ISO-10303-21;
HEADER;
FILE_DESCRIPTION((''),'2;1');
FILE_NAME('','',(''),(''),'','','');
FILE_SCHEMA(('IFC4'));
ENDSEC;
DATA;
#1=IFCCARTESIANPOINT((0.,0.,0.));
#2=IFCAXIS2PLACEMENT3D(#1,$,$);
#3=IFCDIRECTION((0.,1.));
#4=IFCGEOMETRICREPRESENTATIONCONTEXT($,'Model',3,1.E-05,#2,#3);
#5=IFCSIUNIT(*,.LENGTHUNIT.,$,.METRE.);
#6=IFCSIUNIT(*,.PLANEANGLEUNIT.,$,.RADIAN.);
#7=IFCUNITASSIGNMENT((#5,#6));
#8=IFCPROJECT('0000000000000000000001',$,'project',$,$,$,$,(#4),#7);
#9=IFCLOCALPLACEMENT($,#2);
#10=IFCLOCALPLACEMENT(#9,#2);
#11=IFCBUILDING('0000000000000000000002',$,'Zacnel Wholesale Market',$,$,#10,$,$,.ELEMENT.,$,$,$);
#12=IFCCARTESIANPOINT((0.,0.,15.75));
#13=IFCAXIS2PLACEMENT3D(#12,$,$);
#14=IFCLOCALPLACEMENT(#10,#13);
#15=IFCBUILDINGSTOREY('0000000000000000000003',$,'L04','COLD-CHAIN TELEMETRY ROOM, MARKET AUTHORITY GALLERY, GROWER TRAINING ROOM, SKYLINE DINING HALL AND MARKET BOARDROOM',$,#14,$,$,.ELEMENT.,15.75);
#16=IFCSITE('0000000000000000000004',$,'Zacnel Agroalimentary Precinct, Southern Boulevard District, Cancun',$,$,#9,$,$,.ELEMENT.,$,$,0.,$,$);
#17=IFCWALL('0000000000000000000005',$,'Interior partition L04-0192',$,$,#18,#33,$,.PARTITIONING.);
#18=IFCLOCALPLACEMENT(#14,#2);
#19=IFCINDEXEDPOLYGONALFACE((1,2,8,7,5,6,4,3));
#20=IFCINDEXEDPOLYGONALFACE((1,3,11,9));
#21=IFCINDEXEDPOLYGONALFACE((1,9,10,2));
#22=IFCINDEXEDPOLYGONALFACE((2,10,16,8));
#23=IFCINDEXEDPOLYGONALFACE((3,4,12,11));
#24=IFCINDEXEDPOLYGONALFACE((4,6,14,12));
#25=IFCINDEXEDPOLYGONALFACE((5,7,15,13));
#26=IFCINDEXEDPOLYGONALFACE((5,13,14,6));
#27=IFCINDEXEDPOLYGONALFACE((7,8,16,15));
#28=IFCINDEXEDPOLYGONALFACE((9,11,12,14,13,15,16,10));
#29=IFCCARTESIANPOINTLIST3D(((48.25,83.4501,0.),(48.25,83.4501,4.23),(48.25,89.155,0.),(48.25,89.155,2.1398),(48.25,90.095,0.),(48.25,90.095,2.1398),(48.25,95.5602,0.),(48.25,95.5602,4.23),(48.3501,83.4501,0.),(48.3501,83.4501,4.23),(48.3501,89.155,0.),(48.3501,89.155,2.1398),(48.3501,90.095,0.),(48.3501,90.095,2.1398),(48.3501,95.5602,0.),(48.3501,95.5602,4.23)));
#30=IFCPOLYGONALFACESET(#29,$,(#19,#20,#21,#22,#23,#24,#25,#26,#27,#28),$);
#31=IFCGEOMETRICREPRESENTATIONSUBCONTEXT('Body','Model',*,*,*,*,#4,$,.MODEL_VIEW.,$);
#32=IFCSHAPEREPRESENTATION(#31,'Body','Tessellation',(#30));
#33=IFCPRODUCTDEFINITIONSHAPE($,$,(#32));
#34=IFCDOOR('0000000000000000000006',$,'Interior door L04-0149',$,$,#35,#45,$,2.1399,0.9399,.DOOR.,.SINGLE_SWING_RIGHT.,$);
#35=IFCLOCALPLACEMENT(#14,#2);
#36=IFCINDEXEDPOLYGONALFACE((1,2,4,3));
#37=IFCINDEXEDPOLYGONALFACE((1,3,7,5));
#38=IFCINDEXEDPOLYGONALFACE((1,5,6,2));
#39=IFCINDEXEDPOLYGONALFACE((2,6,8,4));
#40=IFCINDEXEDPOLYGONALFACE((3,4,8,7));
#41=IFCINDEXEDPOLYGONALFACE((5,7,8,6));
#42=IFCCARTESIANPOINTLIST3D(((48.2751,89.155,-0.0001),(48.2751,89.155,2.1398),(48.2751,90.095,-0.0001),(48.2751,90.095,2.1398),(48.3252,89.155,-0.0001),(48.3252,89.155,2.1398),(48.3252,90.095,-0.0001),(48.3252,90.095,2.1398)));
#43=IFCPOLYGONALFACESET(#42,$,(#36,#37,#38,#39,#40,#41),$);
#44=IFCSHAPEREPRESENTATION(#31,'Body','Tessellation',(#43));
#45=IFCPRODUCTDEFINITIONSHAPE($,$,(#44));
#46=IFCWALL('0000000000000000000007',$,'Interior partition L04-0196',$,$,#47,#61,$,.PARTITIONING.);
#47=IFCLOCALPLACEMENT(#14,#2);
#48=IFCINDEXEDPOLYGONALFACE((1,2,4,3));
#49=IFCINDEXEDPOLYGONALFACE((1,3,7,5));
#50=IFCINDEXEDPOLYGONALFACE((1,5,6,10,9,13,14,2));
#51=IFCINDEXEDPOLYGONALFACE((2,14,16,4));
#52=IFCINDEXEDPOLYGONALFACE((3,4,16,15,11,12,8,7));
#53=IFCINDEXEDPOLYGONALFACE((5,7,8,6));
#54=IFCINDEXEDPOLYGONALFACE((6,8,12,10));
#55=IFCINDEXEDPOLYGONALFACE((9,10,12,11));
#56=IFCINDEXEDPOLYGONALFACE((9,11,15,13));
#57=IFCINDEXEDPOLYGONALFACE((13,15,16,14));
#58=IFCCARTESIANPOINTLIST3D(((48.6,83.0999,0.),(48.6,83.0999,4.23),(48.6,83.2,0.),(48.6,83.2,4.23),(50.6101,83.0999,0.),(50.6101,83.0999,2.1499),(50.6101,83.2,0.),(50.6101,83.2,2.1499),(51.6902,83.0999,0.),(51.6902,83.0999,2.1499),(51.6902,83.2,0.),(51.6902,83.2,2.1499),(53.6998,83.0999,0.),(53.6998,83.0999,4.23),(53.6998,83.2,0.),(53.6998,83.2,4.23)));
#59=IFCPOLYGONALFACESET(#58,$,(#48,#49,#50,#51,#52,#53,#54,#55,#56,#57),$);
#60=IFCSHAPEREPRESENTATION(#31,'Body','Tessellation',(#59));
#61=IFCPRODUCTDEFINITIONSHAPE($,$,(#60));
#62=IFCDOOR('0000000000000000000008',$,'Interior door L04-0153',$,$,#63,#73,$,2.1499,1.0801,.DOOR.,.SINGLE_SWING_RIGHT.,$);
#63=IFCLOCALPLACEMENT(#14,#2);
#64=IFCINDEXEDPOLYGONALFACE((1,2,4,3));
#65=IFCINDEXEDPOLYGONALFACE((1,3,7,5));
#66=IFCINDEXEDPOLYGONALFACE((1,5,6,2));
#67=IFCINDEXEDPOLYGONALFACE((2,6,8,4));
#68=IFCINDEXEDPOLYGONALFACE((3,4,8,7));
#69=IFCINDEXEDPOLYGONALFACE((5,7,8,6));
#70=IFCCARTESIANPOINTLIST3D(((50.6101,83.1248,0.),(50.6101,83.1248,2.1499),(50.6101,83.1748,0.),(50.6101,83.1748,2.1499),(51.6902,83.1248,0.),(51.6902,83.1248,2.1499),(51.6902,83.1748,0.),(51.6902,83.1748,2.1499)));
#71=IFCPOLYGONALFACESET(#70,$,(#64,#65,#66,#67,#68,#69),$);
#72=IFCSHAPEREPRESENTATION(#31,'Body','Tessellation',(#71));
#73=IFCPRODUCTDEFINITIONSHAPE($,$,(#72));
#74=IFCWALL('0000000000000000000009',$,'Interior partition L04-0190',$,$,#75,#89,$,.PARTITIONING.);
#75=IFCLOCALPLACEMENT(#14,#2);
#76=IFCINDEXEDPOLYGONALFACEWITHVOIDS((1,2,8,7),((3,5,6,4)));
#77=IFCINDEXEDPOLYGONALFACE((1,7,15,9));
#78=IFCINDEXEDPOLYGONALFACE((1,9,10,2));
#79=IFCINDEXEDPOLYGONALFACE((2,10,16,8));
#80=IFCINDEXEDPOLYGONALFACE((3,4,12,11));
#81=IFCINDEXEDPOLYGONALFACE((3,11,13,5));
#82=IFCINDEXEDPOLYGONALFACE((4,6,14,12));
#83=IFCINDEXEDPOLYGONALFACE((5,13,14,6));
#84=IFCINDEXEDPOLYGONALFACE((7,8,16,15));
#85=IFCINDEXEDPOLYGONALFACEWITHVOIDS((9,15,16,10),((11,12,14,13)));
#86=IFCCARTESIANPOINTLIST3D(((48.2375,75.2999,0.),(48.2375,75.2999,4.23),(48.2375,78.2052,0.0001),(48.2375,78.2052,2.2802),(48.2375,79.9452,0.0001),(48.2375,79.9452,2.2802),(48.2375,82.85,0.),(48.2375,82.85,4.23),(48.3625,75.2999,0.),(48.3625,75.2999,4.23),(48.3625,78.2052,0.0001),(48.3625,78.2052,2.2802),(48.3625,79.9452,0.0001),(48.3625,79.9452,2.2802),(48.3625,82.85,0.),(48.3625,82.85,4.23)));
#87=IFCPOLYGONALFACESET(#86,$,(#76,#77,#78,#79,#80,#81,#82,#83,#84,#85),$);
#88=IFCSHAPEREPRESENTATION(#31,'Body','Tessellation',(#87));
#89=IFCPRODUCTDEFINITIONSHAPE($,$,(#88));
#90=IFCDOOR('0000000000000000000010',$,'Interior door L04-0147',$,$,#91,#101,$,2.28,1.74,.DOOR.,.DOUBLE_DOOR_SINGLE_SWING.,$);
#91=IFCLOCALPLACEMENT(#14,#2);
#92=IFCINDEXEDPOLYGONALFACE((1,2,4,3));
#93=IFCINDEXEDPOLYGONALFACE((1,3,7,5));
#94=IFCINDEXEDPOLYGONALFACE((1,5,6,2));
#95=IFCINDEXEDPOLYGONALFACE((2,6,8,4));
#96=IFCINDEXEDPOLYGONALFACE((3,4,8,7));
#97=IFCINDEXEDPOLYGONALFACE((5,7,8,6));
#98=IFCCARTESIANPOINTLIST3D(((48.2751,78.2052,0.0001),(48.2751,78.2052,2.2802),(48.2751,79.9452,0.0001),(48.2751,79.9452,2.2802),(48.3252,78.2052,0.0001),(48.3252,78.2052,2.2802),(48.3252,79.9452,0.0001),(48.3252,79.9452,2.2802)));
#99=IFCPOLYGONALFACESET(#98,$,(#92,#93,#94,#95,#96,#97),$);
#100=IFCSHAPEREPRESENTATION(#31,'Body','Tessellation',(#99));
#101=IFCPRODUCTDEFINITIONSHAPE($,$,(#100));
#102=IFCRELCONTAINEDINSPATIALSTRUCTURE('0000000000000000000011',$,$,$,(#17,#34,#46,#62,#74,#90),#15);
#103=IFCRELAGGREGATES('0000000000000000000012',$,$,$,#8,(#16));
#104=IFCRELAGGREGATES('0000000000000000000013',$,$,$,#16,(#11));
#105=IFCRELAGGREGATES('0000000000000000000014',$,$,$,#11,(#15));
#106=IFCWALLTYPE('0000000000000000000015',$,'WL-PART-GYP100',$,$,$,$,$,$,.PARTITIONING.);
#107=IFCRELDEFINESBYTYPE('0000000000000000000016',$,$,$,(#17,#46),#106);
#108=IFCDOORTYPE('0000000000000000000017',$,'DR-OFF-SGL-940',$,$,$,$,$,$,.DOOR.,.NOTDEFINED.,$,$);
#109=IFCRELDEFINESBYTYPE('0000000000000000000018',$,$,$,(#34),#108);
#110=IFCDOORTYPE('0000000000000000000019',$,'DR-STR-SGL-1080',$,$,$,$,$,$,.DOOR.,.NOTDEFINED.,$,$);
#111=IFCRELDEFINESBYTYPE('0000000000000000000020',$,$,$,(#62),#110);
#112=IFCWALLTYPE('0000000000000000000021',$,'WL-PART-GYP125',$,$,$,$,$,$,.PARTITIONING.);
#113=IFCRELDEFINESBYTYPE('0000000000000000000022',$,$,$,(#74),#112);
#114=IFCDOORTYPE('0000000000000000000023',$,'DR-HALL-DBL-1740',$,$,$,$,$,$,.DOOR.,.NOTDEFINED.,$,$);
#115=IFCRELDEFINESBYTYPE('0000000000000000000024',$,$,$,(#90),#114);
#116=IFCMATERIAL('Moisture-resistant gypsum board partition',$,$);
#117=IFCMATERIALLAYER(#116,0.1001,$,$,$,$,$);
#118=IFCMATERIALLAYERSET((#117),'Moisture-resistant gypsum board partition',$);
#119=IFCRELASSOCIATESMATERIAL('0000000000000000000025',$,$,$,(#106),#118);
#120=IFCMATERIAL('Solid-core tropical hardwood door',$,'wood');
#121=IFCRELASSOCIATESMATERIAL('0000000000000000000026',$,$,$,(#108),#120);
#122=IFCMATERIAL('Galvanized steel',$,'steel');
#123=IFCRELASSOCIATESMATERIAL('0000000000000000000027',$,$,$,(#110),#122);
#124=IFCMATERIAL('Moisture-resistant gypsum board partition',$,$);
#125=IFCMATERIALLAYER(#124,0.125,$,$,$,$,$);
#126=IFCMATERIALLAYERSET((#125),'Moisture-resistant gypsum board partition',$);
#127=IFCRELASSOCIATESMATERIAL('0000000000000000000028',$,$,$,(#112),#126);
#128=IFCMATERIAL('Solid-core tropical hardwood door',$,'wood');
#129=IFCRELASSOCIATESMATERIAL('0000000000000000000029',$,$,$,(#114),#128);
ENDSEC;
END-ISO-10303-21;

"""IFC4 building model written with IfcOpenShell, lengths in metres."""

from ifc_helpers import new_model, si_unit, direction, frame, frame_2d, origin, place, context, subcontext, project, spatial, rectangle, extrude, material, layer, layer_set, type_object, element, fill, save


model = new_model("IFC4")

# Units and contexts
model_context = context("Model", 3, precision=1e-05, world=origin(), true_north=direction((0.0, 1.0)))
body_context = subcontext(model_context, "Body", "Model", "MODEL_VIEW")
ifc_project = project(units=[si_unit("LENGTHUNIT", "METRE"), si_unit("PLANEANGLEUNIT", "RADIAN")], contexts=[model_context])

# Site, building, storey
site_placement = place(None, origin())
site = spatial("IfcSite", under=ifc_project, at=site_placement, Name="Zacnel Agroalimentary Precinct, Southern Boulevard District, Cancun", CompositionType="ELEMENT", RefElevation=0.0)
building_placement = place(site_placement, origin())
building = spatial("IfcBuilding", under=site, at=building_placement, Name="Zacnel Wholesale Market", CompositionType="ELEMENT")
storey_placement = place(building_placement, frame((0.0, 0.0, 15.75)))
storey = spatial("IfcBuildingStorey", under=building, at=storey_placement, Name="L04", Description="COLD-CHAIN TELEMETRY ROOM, MARKET AUTHORITY GALLERY, GROWER TRAINING ROOM, SKYLINE DINING HALL AND MARKET BOARDROOM", CompositionType="ELEMENT", Elevation=15.75)

# Walls, openings, doors
ifc_material_1 = material(Name="Moisture-resistant gypsum board partition")
ifc_layer_1 = layer(ifc_material_1, 0.1001)
ifc_layer_set_1 = layer_set([ifc_layer_1], Name="Moisture-resistant gypsum board partition")
wall_type_1 = type_object("IfcWallType", Name="WL-PART-GYP100", PredefinedType="PARTITIONING", material=ifc_layer_set_1)
wall_1_placement = place(storey_placement, frame((48.3, 83.45, 0.0), z_axis=(0.0, 0.0, 1.0), x_axis=(0.0, 1.0, 0.0)))
wall_1 = element("IfcWall", 1, at=wall_1_placement, inside=storey, type_object=wall_type_1, Name="Interior partition L04-0192", PredefinedType="PARTITIONING", context=body_context, shape_type="SweptSolid", body=[
    extrude(rectangle(XDim=12.1101, YDim=0.1001, at=frame_2d((6.0552, 0.0))), origin(), (0.0, 0.0, 1.0), 4.23),
])
opening_1_placement = place(wall_1_placement, frame((5.7051, 0.0, 0.0)))
opening_1 = element("IfcOpeningElement", 2, at=opening_1_placement, cuts=wall_1, PredefinedType="OPENING", context=body_context, shape_type="SweptSolid", body=[
    extrude(rectangle(XDim=0.9399, YDim=2.1399, at=frame_2d((0.47, 1.0698))), frame((0.0, 0.0601, 0.0), z_axis=(0.0, -1.0, 0.0), x_axis=(1.0, 0.0, 0.0)), (0.0, 0.0, 1.0), 0.1201),
])
ifc_material_2 = material(Name="Solid-core tropical hardwood door", Category="wood")
door_type_1 = type_object("IfcDoorType", Name="DR-OFF-SGL-940", OperationType="NOTDEFINED", PredefinedType="DOOR", material=ifc_material_2)
door_1_placement = place(opening_1_placement, origin())
door_1 = element("IfcDoor", 3, at=door_1_placement, inside=storey, type_object=door_type_1, Name="Interior door L04-0149", OperationType="SINGLE_SWING_RIGHT", OverallHeight=2.1399, OverallWidth=0.9399, PredefinedType="DOOR", context=body_context, shape_type="SweptSolid", body=[
    extrude(rectangle(XDim=0.9399, YDim=2.1399, at=frame_2d((0.47, 1.0698))), frame((0.0, 0.0249, 0.0), z_axis=(0.0, -1.0, 0.0), x_axis=(1.0, 0.0, 0.0)), (0.0, 0.0, 1.0), 0.05),
])
fill(opening_1, door_1)
wall_2_placement = place(storey_placement, frame((48.6001, 83.1499, 0.0), z_axis=(0.0, 0.0, 1.0), x_axis=(1.0, 0.0, 0.0)))
wall_2 = element("IfcWall", 4, at=wall_2_placement, inside=storey, type_object=wall_type_1, Name="Interior partition L04-0196", PredefinedType="PARTITIONING", context=body_context, shape_type="SweptSolid", body=[
    extrude(rectangle(XDim=5.0999, YDim=0.1001, at=frame_2d((2.5498, 0.0))), origin(), (0.0, 0.0, 1.0), 4.23),
])
opening_2_placement = place(wall_2_placement, frame((2.01, 0.0, 0.0)))
opening_2 = element("IfcOpeningElement", 5, at=opening_2_placement, cuts=wall_2, PredefinedType="OPENING", context=body_context, shape_type="SweptSolid", body=[
    extrude(rectangle(XDim=1.0801, YDim=2.1499, at=frame_2d((0.54, 1.075))), frame((0.0, 0.0601, 0.0), z_axis=(0.0, -1.0, 0.0), x_axis=(1.0, 0.0, 0.0)), (0.0, 0.0, 1.0), 0.1201),
])
ifc_material_3 = material(Name="Galvanized steel", Category="steel")
door_type_2 = type_object("IfcDoorType", Name="DR-STR-SGL-1080", OperationType="NOTDEFINED", PredefinedType="DOOR", material=ifc_material_3)
door_2_placement = place(opening_2_placement, origin())
door_2 = element("IfcDoor", 6, at=door_2_placement, inside=storey, type_object=door_type_2, Name="Interior door L04-0153", OperationType="SINGLE_SWING_RIGHT", OverallHeight=2.1499, OverallWidth=1.0801, PredefinedType="DOOR", context=body_context, shape_type="SweptSolid", body=[
    extrude(rectangle(XDim=1.0801, YDim=2.1499, at=frame_2d((0.54, 1.075))), frame((0.0, 0.0249, 0.0), z_axis=(0.0, -1.0, 0.0), x_axis=(1.0, 0.0, 0.0)), (0.0, 0.0, 1.0), 0.05),
])
fill(opening_2, door_2)
ifc_material_4 = material(Name="Moisture-resistant gypsum board partition")
ifc_layer_2 = layer(ifc_material_4, 0.125)
ifc_layer_set_2 = layer_set([ifc_layer_2], Name="Moisture-resistant gypsum board partition")
wall_type_2 = type_object("IfcWallType", Name="WL-PART-GYP125", PredefinedType="PARTITIONING", material=ifc_layer_set_2)
wall_3_placement = place(storey_placement, frame((48.3, 75.3, 0.0), z_axis=(0.0, 0.0, 1.0), x_axis=(0.0, 1.0, 0.0)))
wall_3 = element("IfcWall", 7, at=wall_3_placement, inside=storey, type_object=wall_type_2, Name="Interior partition L04-0190", PredefinedType="PARTITIONING", context=body_context, shape_type="SweptSolid", body=[
    extrude(rectangle(XDim=7.55, YDim=0.125, at=frame_2d((3.7749, 0.0))), origin(), (0.0, 0.0, 1.0), 4.23),
])
opening_3_placement = place(wall_3_placement, frame((2.905, 0.0, 0.0)))
opening_3 = element("IfcOpeningElement", 8, at=opening_3_placement, cuts=wall_3, PredefinedType="OPENING", context=body_context, shape_type="SweptSolid", body=[
    extrude(rectangle(XDim=1.74, YDim=2.28, at=frame_2d((0.8701, 1.1401))), frame((0.0, 0.0725, 0.0), z_axis=(0.0, -1.0, 0.0), x_axis=(1.0, 0.0, 0.0)), (0.0, 0.0, 1.0), 0.145),
])
ifc_material_5 = material(Name="Solid-core tropical hardwood door", Category="wood")
door_type_3 = type_object("IfcDoorType", Name="DR-HALL-DBL-1740", OperationType="NOTDEFINED", PredefinedType="DOOR", material=ifc_material_5)
door_3_placement = place(opening_3_placement, origin())
door_3 = element("IfcDoor", 9, at=door_3_placement, inside=storey, type_object=door_type_3, Name="Interior door L04-0147", OperationType="DOUBLE_DOOR_SINGLE_SWING", OverallHeight=2.28, OverallWidth=1.74, PredefinedType="DOOR", context=body_context, shape_type="SweptSolid", body=[
    extrude(rectangle(XDim=1.74, YDim=2.28, at=frame_2d((0.8701, 1.1401))), frame((0.0, 0.0249, 0.0), z_axis=(0.0, -1.0, 0.0), x_axis=(1.0, 0.0, 0.0)), (0.0, 0.0, 1.0), 0.05),
])
fill(opening_3, door_3)

save(model, "model.ifc")
